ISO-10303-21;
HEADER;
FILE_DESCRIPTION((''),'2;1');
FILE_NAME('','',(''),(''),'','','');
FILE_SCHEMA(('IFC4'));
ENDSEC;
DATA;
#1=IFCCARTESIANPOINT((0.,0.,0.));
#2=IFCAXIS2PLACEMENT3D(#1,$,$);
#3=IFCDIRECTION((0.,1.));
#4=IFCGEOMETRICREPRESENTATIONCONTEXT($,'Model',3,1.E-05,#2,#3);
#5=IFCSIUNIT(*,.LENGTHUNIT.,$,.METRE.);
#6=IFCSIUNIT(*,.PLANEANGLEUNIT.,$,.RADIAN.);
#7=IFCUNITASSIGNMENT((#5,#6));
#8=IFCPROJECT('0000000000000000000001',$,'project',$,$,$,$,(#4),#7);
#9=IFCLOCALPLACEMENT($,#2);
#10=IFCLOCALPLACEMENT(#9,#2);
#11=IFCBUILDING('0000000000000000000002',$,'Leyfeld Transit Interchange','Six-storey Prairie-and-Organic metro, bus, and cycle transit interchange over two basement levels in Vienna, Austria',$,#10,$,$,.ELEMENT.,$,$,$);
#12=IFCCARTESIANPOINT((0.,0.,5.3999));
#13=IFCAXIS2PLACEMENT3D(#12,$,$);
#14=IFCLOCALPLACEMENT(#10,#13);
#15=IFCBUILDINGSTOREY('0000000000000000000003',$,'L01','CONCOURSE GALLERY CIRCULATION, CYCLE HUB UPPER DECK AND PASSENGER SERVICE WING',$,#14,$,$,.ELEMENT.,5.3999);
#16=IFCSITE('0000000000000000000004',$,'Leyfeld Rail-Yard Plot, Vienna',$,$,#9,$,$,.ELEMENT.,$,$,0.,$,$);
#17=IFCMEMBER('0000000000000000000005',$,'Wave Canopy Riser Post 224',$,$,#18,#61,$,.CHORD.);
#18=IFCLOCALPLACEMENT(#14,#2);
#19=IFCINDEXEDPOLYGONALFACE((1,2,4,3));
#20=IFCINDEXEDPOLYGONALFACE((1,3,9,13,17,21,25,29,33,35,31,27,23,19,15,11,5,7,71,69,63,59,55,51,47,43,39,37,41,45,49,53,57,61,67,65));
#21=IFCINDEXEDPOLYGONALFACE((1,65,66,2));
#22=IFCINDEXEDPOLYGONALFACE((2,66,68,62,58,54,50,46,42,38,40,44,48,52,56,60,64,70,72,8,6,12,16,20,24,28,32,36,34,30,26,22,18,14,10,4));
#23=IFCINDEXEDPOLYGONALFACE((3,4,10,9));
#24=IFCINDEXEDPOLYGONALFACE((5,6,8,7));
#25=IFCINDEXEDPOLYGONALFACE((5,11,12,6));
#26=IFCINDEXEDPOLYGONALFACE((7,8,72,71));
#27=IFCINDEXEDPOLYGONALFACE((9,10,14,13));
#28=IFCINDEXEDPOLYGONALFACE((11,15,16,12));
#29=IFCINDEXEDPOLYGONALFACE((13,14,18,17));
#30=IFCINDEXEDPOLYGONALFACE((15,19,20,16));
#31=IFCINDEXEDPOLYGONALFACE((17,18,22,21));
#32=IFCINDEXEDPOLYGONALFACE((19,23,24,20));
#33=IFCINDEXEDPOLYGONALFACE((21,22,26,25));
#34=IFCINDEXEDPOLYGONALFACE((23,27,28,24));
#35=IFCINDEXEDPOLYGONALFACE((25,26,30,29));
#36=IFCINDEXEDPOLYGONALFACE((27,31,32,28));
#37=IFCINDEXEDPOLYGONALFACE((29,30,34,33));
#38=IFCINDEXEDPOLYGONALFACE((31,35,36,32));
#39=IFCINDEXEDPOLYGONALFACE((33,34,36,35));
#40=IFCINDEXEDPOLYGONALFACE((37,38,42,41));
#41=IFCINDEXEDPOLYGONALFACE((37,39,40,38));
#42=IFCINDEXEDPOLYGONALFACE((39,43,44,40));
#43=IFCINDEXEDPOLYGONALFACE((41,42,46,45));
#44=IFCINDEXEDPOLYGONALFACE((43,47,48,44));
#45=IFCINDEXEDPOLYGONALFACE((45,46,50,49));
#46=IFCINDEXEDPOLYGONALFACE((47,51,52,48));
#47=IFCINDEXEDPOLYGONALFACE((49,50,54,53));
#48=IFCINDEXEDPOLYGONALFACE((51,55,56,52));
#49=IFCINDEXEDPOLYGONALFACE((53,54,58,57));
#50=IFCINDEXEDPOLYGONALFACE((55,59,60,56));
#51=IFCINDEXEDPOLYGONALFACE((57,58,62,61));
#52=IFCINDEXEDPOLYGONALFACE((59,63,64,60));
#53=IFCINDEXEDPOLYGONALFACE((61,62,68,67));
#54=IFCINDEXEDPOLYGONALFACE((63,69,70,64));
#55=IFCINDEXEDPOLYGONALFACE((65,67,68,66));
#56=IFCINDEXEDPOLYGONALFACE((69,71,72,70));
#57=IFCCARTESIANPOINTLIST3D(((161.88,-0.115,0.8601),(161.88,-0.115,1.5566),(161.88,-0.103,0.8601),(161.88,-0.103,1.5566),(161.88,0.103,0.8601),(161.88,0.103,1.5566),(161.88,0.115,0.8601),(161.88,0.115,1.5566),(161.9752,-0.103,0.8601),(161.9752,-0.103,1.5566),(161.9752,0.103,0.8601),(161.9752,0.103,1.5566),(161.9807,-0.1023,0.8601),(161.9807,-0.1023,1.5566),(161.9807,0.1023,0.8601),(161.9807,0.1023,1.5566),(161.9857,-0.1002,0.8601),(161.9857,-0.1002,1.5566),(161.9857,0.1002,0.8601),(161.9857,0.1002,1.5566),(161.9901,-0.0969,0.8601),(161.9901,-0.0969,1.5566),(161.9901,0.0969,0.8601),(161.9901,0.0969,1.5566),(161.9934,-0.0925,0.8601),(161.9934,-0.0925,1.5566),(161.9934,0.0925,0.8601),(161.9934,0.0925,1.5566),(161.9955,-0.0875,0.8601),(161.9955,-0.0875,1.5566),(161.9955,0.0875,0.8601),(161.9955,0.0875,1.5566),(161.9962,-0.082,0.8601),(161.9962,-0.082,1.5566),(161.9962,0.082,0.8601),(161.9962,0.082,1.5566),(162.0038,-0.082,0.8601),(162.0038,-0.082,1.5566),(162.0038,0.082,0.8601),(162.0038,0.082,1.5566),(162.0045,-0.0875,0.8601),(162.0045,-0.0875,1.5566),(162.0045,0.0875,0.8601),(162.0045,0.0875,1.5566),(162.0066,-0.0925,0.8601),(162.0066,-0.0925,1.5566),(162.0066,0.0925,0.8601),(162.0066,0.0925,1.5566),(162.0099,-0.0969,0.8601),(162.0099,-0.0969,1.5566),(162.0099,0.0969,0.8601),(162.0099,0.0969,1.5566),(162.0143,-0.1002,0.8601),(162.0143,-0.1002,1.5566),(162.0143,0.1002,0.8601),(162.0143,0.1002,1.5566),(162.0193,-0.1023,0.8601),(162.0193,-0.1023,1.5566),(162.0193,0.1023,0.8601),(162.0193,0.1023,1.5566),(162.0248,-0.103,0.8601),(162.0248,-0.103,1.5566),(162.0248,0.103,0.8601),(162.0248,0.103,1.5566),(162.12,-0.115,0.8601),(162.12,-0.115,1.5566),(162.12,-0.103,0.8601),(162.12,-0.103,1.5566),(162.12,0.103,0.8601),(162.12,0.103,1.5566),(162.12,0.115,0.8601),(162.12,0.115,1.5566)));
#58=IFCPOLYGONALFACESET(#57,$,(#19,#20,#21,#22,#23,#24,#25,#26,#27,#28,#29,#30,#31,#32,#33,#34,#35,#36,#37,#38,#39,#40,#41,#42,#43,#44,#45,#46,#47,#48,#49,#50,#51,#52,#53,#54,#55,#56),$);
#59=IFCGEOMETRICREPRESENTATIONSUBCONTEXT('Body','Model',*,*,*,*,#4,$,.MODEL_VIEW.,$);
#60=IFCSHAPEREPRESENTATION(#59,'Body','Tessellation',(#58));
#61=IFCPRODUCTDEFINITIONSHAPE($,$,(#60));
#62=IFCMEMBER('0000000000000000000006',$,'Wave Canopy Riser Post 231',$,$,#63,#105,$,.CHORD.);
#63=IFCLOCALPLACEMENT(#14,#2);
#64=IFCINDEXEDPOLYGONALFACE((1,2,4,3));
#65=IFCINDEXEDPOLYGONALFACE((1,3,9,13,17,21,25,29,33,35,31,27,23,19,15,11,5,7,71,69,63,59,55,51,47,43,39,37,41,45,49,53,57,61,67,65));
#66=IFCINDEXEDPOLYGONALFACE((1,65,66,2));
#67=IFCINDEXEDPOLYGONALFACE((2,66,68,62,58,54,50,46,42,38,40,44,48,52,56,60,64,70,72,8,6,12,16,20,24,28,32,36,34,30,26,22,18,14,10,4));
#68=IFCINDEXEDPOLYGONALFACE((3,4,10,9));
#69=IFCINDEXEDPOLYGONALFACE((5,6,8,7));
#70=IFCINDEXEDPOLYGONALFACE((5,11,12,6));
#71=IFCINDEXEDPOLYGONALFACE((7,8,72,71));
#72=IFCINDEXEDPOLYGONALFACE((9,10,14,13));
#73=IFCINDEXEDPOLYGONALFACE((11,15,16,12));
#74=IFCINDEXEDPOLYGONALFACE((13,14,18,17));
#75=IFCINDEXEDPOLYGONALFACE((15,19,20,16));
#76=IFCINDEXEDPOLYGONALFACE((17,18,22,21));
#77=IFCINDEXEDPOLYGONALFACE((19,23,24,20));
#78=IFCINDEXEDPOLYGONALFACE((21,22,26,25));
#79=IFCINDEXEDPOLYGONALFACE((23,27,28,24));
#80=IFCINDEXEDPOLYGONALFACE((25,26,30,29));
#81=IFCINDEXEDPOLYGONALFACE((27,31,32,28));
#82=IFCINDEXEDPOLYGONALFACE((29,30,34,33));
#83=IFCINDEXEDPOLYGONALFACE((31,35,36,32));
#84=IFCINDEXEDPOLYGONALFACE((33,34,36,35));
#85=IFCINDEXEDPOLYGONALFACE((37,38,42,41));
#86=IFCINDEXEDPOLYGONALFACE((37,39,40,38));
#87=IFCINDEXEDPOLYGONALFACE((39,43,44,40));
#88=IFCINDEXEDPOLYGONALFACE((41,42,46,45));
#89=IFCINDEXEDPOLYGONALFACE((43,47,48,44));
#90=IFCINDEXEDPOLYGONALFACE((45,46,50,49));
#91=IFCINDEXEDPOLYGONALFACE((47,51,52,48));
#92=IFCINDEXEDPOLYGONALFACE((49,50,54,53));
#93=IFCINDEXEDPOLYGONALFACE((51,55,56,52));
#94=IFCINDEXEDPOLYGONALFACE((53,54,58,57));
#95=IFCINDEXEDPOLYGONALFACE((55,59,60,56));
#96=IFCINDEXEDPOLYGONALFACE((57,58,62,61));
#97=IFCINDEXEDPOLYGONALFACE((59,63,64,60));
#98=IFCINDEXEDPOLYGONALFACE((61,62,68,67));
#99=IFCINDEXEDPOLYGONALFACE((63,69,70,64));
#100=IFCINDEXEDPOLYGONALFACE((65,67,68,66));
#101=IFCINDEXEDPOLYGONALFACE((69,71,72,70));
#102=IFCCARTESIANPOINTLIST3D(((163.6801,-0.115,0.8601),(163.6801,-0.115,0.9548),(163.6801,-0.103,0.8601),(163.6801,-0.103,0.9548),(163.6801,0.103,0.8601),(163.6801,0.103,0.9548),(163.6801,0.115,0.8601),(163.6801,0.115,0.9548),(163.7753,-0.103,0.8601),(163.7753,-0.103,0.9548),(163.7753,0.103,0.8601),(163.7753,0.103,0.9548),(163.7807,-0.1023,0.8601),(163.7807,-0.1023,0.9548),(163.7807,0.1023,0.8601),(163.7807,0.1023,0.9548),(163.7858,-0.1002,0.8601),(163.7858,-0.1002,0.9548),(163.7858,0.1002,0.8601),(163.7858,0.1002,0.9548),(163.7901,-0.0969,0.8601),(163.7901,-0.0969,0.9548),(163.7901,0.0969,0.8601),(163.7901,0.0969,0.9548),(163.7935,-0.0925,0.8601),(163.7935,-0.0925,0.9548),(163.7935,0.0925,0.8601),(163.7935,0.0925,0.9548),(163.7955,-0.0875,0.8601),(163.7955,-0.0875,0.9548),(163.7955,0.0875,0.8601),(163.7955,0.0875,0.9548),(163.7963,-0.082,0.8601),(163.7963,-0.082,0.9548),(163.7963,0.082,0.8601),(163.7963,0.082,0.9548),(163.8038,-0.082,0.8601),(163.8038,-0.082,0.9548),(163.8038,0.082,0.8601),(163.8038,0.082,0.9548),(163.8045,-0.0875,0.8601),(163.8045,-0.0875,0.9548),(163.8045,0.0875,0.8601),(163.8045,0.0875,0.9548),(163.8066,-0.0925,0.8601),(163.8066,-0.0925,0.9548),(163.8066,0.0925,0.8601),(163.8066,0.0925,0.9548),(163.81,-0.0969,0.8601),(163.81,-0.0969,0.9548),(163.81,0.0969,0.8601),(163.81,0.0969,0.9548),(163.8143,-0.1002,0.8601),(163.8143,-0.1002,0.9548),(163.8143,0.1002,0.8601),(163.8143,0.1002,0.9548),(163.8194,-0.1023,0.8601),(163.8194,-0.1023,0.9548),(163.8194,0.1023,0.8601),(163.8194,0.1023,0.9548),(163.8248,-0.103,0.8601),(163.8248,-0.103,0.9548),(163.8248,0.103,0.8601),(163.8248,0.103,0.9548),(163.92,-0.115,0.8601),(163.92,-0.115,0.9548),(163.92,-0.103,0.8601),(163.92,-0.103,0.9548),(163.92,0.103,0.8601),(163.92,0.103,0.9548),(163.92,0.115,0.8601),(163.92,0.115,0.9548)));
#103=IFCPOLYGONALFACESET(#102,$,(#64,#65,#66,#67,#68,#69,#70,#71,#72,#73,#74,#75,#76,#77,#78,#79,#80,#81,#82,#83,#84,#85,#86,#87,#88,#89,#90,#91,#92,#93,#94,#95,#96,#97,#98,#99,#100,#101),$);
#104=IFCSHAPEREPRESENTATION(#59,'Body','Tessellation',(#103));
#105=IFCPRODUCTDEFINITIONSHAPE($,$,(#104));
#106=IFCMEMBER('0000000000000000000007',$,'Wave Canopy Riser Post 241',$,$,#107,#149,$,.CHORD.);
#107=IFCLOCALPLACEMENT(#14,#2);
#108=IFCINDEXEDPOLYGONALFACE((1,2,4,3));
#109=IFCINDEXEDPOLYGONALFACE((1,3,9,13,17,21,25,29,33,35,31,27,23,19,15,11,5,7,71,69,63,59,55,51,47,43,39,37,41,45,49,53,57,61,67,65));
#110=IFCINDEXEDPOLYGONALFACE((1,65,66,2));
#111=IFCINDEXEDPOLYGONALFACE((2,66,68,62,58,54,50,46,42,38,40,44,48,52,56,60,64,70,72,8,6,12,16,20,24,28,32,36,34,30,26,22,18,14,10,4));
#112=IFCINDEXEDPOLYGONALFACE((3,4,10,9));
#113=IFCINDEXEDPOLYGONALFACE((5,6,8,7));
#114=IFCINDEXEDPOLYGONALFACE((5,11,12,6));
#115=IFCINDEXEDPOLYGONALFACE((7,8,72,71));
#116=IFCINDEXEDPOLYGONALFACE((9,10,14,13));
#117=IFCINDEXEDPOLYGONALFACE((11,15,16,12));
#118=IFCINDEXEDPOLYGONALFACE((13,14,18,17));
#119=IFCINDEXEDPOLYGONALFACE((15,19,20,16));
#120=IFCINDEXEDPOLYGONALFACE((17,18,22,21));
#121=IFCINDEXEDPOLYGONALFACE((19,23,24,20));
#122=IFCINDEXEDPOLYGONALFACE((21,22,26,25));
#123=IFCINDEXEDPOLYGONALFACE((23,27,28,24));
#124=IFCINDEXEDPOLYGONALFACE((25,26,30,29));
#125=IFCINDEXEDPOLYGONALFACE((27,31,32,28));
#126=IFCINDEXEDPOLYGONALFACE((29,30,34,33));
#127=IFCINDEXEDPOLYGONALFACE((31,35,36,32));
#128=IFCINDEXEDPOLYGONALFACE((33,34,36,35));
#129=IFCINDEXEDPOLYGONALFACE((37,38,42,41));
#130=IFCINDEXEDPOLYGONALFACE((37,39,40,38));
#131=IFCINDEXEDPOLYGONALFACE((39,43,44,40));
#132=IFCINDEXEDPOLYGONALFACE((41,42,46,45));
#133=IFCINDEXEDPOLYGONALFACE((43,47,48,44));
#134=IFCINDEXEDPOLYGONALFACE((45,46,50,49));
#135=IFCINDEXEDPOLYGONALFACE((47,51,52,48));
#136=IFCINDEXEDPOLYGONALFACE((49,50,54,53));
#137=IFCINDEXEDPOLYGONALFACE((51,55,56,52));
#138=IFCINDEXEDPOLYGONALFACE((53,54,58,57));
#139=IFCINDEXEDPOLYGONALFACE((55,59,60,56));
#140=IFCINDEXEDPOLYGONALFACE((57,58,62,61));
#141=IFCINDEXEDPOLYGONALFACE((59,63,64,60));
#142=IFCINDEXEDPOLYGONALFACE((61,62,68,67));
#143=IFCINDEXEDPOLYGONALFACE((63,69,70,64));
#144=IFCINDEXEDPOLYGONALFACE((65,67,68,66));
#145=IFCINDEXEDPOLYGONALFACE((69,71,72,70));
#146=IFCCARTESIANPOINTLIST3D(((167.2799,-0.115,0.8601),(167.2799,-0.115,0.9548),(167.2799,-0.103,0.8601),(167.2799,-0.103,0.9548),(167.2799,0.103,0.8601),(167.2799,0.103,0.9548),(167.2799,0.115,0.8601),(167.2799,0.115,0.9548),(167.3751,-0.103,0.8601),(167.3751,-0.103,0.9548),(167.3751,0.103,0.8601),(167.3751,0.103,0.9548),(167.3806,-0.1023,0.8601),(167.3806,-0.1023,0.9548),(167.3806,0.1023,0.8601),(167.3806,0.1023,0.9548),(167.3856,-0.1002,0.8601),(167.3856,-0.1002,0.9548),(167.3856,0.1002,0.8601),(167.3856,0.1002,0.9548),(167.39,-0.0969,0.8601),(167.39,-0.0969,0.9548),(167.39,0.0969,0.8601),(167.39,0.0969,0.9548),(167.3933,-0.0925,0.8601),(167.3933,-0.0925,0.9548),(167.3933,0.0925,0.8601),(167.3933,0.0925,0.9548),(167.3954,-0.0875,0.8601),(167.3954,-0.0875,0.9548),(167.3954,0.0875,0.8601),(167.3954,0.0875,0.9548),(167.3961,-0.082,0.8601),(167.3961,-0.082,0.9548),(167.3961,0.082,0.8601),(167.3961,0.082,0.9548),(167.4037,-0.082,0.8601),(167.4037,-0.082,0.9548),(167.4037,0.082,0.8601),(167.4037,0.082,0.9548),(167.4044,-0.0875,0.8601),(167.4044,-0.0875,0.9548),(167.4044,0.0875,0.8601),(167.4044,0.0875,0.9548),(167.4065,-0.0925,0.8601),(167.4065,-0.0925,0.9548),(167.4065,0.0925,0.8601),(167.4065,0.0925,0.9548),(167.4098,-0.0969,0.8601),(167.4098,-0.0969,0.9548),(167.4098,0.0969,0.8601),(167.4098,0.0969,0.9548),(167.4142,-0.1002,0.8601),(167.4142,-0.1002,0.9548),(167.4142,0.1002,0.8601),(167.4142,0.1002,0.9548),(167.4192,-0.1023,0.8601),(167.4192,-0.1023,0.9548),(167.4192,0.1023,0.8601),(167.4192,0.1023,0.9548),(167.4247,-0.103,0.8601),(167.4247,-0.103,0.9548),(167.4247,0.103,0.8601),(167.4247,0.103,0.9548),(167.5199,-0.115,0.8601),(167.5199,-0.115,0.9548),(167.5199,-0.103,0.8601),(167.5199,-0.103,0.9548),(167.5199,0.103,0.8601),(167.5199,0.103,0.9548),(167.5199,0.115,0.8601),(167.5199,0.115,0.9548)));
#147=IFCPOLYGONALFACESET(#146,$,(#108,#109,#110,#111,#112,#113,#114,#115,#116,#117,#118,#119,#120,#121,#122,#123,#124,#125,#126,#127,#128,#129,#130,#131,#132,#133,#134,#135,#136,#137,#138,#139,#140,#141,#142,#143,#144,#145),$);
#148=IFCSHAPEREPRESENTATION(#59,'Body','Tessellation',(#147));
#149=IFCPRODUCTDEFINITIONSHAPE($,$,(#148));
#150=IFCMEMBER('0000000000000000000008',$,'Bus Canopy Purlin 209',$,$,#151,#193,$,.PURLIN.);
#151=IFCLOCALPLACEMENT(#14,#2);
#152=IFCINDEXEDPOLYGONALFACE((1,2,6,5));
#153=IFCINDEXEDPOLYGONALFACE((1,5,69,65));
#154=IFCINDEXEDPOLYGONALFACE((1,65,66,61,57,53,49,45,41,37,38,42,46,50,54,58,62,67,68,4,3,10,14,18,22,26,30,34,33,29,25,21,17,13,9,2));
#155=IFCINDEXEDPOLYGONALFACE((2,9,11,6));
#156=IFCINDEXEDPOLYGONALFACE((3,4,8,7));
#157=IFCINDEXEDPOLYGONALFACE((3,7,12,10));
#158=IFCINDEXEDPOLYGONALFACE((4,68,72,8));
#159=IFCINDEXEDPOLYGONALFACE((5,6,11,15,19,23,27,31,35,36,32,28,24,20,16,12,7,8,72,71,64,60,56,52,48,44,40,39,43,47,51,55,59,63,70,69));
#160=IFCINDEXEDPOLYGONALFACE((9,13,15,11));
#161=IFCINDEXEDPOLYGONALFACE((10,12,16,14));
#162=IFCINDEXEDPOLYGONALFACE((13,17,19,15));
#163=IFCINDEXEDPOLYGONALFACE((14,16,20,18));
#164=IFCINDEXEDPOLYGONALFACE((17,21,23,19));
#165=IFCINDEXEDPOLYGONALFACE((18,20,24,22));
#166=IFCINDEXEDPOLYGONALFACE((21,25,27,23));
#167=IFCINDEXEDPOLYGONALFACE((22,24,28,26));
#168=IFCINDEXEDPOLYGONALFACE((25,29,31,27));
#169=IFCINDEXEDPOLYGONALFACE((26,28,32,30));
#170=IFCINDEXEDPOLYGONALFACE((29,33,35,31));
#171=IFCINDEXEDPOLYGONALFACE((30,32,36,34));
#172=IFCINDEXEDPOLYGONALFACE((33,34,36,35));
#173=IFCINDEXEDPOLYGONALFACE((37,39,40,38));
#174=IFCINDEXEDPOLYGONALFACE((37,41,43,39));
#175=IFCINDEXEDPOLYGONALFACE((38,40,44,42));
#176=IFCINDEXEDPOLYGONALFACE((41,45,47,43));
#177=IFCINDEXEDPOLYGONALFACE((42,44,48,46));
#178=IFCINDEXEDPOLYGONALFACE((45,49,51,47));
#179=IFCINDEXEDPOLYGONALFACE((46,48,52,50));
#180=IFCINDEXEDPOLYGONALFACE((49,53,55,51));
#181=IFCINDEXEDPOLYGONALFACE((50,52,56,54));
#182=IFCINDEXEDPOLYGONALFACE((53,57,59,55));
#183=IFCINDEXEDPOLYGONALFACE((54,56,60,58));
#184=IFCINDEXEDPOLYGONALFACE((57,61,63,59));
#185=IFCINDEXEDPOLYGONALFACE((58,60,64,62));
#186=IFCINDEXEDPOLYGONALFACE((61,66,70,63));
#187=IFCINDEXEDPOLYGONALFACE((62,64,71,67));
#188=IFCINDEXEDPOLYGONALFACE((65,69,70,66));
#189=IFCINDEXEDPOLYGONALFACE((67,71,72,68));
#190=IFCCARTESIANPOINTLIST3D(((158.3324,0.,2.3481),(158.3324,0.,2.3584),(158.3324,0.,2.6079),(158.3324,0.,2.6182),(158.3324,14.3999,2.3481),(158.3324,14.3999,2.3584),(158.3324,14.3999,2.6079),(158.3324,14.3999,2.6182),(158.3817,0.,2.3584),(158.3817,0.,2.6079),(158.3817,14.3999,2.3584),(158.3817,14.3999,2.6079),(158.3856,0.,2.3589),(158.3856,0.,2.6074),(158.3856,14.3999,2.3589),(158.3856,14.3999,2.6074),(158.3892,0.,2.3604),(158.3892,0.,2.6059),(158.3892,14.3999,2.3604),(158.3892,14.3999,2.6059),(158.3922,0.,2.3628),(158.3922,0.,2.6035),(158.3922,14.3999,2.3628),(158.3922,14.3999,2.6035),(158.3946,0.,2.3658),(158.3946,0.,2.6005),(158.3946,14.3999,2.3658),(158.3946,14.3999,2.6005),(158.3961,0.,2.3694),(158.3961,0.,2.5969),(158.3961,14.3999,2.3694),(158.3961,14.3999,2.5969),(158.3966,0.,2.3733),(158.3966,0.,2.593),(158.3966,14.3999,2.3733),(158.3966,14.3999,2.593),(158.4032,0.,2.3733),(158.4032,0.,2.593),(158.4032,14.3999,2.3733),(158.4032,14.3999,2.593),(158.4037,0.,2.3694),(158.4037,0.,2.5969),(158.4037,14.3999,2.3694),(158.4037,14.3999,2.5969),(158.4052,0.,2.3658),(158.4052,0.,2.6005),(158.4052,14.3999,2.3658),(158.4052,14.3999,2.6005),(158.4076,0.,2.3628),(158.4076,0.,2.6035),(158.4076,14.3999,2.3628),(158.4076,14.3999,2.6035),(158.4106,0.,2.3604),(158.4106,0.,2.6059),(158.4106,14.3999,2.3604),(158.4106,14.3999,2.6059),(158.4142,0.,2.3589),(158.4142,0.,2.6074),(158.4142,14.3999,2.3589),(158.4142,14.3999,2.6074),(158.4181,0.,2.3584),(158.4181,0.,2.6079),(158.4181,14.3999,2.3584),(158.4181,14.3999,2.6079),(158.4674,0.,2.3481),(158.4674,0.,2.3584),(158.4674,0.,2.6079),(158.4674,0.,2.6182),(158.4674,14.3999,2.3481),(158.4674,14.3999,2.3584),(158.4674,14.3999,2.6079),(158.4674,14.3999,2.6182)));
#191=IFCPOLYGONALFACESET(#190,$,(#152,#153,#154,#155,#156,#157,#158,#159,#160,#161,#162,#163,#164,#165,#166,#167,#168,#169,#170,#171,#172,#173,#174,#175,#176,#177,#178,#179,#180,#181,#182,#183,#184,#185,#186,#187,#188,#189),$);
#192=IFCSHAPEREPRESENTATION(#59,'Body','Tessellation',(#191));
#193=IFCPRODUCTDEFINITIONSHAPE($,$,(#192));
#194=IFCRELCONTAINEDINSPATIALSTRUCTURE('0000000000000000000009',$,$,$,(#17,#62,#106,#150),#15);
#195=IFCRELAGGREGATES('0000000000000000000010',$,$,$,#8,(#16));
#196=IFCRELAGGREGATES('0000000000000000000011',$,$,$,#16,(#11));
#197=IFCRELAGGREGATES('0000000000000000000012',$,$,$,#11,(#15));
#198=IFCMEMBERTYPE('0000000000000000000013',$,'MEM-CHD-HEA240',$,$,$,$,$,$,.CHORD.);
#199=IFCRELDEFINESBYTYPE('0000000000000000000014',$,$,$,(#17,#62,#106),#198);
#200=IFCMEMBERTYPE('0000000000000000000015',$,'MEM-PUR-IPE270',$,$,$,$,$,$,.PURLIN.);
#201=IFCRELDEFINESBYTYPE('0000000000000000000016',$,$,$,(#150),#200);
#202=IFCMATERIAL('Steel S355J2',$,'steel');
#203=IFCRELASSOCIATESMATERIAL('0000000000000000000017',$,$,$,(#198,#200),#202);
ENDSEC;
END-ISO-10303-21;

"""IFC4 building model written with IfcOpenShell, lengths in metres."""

from ifc_helpers import new_model, si_unit, direction, frame, origin, origin_2d, place, context, subcontext, project, spatial, i_section, extrude, material, material_profile, profile_set, type_object, element, save


model = new_model("IFC4")

# Units and contexts
model_context = context("Model", 3, precision=1e-05, world=origin(), true_north=direction((0.0, 1.0)))
body_context = subcontext(model_context, "Body", "Model", "MODEL_VIEW")
ifc_project = project(units=[si_unit("LENGTHUNIT", "METRE"), si_unit("PLANEANGLEUNIT", "RADIAN")], contexts=[model_context])

# Site, building, storey
site_placement = place(None, origin())
site = spatial("IfcSite", under=ifc_project, at=site_placement, Name="Leyfeld Rail-Yard Plot, Vienna", CompositionType="ELEMENT", RefElevation=0.0)
building_placement = place(site_placement, origin())
building = spatial("IfcBuilding", under=site, at=building_placement, Name="Leyfeld Transit Interchange", Description="Six-storey Prairie-and-Organic metro, bus, and cycle transit interchange over two basement levels in Vienna, Austria", CompositionType="ELEMENT")
storey_placement = place(building_placement, frame((0.0, 0.0, 5.3999)))
storey = spatial("IfcBuildingStorey", under=building, at=storey_placement, Name="L01", Description="CONCOURSE GALLERY CIRCULATION, CYCLE HUB UPPER DECK AND PASSENGER SERVICE WING", CompositionType="ELEMENT", Elevation=5.3999)

# Shared definitions
ifc_material = material(Name="Steel S355J2", Category="steel")

# Members
ifc_material_profile_1 = material_profile(ifc_material, i_section(OverallWidth=0.24, OverallDepth=0.23, WebThickness=0.0076, FlangeThickness=0.012, FilletRadius=0.021, at=origin_2d()), Name="HEA 240")
ifc_profile_set_1 = profile_set([ifc_material_profile_1], Name="Steel S355J2")
member_type_1 = type_object("IfcMemberType", Name="MEM-CHD-HEA240", PredefinedType="CHORD", material=ifc_profile_set_1)
member_1_placement = place(storey_placement, frame((162.0, 0.0, 0.8601), z_axis=(0.0, 0.0, 1.0), x_axis=(1.0, 0.0, 0.0)))
element("IfcMember", 1, at=member_1_placement, inside=storey, type_object=member_type_1, Name="Wave Canopy Riser Post 224", PredefinedType="CHORD", context=body_context, shape_type="SweptSolid", body=[
    extrude(i_section(OverallWidth=0.24, OverallDepth=0.23, WebThickness=0.0076, FlangeThickness=0.012, FilletRadius=0.021, at=origin_2d()), origin(), (0.0, 0.0, 1.0), 0.6965),
])
for number, where, z_axis, x_axis, name in (
    (2, (163.8, 0.0, 0.8601), (0.0, 0.0, 1.0), (1.0, 0.0, 0.0), "Wave Canopy Riser Post 231"),
    (3, (167.3999, 0.0, 0.8601), (0.0, 0.0, 1.0), (1.0, 0.0, 0.0), "Wave Canopy Riser Post 241"),
):
    element("IfcMember", number, at=place(storey_placement, frame(where, z_axis=z_axis, x_axis=x_axis)), inside=storey, type_object=member_type_1, Name=name, PredefinedType="CHORD", context=body_context, shape_type="SweptSolid", body=[
        extrude(i_section(OverallWidth=0.24, OverallDepth=0.23, WebThickness=0.0076, FlangeThickness=0.012, FilletRadius=0.021, at=origin_2d()), origin(), (0.0, 0.0, 1.0), 0.0947),
    ])
ifc_material_profile_2 = material_profile(ifc_material, i_section(OverallWidth=0.135, OverallDepth=0.27, WebThickness=0.0066, FlangeThickness=0.0103, FilletRadius=0.0149, at=origin_2d()), Name="IPE 270")
ifc_profile_set_2 = profile_set([ifc_material_profile_2], Name="Steel S355J2")
member_type_2 = type_object("IfcMemberType", Name="MEM-PUR-IPE270", PredefinedType="PURLIN", material=ifc_profile_set_2)
for number, where, z_axis, x_axis, name in (
    (4, (158.3999, 0.0, 2.4832), (0.0, 1.0, 0.0), (-1.0, 0.0, 0.0), "Bus Canopy Purlin 209"),
):
    element("IfcMember", number, at=place(storey_placement, frame(where, z_axis=z_axis, x_axis=x_axis)), inside=storey, type_object=member_type_2, Name=name, PredefinedType="PURLIN", context=body_context, shape_type="SweptSolid", body=[
        extrude(i_section(OverallWidth=0.135, OverallDepth=0.27, WebThickness=0.0066, FlangeThickness=0.0103, FilletRadius=0.0149, at=origin_2d()), origin(), (0.0, 0.0, 1.0), 14.3999),
    ])

save(model, "model.ifc")
